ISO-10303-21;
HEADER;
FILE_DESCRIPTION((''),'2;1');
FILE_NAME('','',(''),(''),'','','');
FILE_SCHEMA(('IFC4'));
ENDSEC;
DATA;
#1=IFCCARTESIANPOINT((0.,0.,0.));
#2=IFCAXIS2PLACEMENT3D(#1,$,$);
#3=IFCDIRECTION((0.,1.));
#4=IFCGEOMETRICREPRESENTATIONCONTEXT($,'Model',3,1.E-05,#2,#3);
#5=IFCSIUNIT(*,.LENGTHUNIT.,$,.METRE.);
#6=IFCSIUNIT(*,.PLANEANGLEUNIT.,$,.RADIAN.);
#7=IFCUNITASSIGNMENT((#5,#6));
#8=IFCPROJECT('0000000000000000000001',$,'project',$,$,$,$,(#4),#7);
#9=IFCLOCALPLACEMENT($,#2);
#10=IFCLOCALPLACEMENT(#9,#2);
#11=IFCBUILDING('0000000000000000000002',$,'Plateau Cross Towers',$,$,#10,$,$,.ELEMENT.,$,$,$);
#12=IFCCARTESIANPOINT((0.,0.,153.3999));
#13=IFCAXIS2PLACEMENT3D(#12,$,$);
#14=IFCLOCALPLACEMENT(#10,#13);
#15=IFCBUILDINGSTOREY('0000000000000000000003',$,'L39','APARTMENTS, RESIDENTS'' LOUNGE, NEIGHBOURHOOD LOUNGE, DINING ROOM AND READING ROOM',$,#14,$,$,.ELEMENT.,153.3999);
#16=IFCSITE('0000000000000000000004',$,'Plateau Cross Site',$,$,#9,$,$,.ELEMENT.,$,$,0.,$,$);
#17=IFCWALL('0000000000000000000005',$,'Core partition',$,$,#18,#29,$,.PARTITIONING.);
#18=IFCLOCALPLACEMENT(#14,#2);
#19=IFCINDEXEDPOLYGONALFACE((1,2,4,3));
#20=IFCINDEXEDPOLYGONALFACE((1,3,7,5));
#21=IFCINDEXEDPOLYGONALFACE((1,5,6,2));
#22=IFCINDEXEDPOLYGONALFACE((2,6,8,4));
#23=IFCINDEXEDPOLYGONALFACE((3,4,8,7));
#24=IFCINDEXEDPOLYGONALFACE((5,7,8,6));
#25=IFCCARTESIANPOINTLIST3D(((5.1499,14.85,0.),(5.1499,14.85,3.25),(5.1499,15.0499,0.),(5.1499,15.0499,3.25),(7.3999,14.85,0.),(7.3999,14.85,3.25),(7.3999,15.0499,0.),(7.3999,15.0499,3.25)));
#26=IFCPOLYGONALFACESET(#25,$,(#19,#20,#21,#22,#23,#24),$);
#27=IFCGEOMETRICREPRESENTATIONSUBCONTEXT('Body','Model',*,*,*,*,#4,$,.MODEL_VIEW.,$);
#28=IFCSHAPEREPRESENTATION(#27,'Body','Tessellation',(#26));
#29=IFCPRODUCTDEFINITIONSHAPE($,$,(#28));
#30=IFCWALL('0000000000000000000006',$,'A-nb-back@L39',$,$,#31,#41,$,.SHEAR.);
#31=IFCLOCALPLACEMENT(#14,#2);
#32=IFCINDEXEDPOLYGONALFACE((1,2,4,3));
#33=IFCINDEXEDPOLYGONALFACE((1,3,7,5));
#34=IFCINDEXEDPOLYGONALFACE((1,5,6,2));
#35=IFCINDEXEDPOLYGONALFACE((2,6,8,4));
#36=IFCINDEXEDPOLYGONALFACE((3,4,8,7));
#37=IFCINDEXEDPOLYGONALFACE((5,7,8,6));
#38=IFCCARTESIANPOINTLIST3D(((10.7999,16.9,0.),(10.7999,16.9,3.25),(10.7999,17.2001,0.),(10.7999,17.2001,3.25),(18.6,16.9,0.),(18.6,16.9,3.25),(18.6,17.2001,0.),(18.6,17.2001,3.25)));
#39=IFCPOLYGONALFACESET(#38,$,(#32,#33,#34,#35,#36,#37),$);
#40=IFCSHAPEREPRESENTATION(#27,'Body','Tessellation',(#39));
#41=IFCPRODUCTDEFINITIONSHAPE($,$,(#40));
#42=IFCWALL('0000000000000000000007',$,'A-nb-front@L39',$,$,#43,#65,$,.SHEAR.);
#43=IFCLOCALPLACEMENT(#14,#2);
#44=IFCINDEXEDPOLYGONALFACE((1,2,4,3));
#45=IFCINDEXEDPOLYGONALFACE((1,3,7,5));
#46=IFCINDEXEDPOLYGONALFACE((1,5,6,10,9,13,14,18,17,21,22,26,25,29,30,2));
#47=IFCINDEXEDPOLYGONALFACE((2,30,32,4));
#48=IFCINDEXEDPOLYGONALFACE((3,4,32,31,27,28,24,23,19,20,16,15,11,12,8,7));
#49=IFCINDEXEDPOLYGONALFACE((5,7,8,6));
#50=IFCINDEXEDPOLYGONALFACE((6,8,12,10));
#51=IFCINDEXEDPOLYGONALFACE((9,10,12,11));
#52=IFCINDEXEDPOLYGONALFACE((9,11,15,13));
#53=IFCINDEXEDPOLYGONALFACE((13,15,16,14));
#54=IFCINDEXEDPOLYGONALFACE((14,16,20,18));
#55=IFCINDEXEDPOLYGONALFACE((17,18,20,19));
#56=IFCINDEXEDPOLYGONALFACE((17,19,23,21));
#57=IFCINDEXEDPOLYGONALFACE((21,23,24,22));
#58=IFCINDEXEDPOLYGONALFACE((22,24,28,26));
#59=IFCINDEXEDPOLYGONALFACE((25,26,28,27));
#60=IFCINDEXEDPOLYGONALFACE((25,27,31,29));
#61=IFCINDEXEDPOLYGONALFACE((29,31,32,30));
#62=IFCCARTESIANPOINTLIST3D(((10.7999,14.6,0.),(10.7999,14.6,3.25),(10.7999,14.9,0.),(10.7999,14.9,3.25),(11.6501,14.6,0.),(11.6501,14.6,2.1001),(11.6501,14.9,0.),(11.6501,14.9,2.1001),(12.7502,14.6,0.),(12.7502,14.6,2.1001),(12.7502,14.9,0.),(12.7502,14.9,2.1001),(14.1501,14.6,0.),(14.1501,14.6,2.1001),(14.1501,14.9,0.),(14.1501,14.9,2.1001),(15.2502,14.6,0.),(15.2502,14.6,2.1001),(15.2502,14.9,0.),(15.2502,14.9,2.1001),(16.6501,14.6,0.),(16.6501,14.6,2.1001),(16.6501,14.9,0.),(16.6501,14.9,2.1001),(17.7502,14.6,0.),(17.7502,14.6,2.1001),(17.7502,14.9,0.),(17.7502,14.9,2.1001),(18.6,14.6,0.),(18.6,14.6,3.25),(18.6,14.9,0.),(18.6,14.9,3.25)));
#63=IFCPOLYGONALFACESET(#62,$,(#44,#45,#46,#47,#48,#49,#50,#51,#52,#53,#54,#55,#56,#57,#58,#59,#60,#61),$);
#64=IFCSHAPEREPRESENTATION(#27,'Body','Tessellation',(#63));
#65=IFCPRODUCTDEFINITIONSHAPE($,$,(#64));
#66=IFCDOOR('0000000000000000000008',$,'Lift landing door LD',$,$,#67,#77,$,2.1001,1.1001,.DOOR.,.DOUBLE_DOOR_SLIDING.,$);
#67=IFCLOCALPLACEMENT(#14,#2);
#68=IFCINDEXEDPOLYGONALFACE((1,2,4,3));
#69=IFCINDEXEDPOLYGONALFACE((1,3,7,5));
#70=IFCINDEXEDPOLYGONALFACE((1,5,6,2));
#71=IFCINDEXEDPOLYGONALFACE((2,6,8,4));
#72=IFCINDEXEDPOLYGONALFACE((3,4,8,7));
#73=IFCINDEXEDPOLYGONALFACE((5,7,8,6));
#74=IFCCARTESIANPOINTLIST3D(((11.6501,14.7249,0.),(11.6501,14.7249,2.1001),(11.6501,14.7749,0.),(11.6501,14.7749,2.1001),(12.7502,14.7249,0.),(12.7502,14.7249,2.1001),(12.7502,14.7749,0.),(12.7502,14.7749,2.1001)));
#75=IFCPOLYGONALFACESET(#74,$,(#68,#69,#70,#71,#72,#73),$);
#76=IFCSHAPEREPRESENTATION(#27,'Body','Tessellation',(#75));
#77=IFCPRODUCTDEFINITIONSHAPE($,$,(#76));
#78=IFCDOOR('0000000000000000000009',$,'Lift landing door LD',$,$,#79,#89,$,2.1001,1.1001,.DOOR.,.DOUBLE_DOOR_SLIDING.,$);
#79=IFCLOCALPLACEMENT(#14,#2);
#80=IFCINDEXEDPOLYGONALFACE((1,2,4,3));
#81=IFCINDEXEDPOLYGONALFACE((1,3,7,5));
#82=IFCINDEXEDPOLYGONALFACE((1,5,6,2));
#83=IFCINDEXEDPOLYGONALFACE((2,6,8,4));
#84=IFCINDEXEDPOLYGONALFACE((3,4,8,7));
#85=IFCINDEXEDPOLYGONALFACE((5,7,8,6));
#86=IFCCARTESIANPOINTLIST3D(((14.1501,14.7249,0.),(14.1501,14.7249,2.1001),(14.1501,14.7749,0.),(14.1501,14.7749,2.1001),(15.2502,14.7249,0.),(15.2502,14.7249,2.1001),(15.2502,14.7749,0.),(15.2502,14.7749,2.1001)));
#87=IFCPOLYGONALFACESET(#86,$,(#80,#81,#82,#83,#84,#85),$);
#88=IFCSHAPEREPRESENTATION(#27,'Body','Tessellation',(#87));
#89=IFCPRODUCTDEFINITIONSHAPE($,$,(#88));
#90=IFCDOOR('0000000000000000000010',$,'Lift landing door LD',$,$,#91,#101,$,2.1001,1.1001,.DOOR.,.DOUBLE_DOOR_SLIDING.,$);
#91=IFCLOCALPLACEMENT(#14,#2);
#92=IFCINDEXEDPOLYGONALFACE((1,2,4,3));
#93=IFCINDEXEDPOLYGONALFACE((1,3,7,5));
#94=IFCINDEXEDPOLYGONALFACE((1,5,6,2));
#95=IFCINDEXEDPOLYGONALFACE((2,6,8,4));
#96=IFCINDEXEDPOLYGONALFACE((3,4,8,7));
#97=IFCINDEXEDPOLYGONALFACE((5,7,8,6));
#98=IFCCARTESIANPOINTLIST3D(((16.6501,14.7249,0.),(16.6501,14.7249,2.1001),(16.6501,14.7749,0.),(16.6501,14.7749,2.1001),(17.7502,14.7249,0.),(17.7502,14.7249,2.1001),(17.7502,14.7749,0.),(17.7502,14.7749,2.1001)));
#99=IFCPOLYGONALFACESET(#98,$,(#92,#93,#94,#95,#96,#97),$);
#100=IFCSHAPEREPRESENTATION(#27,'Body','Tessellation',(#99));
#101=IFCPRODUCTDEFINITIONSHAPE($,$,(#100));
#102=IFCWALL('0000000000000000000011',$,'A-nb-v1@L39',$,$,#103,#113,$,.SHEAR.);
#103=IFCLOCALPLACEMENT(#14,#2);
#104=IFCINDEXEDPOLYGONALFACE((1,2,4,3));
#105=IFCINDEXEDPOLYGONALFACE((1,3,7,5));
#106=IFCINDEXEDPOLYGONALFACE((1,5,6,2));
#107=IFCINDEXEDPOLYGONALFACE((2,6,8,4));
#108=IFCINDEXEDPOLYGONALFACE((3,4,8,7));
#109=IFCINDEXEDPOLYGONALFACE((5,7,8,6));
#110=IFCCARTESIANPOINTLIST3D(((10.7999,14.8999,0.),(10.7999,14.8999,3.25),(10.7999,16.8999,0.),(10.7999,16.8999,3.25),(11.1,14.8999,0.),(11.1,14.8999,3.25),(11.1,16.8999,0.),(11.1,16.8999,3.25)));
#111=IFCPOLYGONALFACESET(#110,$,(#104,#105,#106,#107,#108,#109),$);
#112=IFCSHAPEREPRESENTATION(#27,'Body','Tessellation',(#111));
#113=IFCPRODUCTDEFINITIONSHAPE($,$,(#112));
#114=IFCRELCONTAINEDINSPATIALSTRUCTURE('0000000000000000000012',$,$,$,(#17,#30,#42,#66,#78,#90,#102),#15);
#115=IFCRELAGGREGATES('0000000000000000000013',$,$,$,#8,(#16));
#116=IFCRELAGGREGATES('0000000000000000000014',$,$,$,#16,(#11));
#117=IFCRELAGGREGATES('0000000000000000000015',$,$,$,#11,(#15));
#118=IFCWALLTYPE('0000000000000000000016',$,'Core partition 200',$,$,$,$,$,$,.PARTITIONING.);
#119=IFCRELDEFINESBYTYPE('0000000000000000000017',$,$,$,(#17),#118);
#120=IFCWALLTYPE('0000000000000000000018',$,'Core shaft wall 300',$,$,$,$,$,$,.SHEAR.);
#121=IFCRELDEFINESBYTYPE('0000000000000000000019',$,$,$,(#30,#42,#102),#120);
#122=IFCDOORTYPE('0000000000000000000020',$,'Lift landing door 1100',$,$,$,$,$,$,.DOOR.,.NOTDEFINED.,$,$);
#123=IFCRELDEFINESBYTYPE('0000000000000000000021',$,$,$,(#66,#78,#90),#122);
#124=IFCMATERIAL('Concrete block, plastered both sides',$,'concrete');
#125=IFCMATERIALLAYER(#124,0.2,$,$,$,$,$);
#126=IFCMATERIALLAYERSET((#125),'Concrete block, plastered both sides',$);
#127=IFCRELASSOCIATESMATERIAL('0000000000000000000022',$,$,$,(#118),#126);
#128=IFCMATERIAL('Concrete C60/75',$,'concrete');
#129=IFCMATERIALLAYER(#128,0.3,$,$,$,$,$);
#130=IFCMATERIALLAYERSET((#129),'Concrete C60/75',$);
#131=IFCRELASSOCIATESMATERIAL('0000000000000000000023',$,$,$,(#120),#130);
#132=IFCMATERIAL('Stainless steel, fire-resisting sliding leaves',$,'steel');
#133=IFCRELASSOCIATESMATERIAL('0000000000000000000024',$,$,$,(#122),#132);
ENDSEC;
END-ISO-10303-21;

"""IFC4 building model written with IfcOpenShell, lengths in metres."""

from ifc_helpers import new_model, si_unit, direction, frame, frame_2d, origin, place, context, subcontext, project, spatial, rectangle, extrude, material, layer, layer_set, type_object, element, fill, save


model = new_model("IFC4")

# Units and contexts
model_context = context("Model", 3, precision=1e-05, world=origin(), true_north=direction((0.0, 1.0)))
body_context = subcontext(model_context, "Body", "Model", "MODEL_VIEW")
ifc_project = project(units=[si_unit("LENGTHUNIT", "METRE"), si_unit("PLANEANGLEUNIT", "RADIAN")], contexts=[model_context])

# Site, building, storey
site_placement = place(None, origin())
site = spatial("IfcSite", under=ifc_project, at=site_placement, Name="Plateau Cross Site", CompositionType="ELEMENT", RefElevation=0.0)
building_placement = place(site_placement, origin())
building = spatial("IfcBuilding", under=site, at=building_placement, Name="Plateau Cross Towers", CompositionType="ELEMENT")
storey_placement = place(building_placement, frame((0.0, 0.0, 153.3999)))
storey = spatial("IfcBuildingStorey", under=building, at=storey_placement, Name="L39", Description="APARTMENTS, RESIDENTS' LOUNGE, NEIGHBOURHOOD LOUNGE, DINING ROOM AND READING ROOM", CompositionType="ELEMENT", Elevation=153.3999)

# Walls
ifc_material_1 = material(Name="Concrete block, plastered both sides", Category="concrete")
ifc_layer_1 = layer(ifc_material_1, 0.2)
ifc_layer_set_1 = layer_set([ifc_layer_1], Name="Concrete block, plastered both sides")
wall_type_1 = type_object("IfcWallType", Name="Core partition 200", PredefinedType="PARTITIONING", material=ifc_layer_set_1)
wall_1_placement = place(storey_placement, frame((5.1499, 14.95, 0.0), z_axis=(0.0, 0.0, 1.0), x_axis=(1.0, 0.0, 0.0)))
element("IfcWall", 1, at=wall_1_placement, inside=storey, type_object=wall_type_1, Name="Core partition", PredefinedType="PARTITIONING", context=body_context, shape_type="SweptSolid", body=[
    extrude(rectangle(XDim=2.25, YDim=0.2, at=frame_2d((1.125, 0.0))), origin(), (0.0, 0.0, 1.0), 3.25),
])
ifc_material_2 = material(Name="Concrete C60/75", Category="concrete")
ifc_layer_2 = layer(ifc_material_2, 0.3)
ifc_layer_set_2 = layer_set([ifc_layer_2], Name="Concrete C60/75")
wall_type_2 = type_object("IfcWallType", Name="Core shaft wall 300", PredefinedType="SHEAR", material=ifc_layer_set_2)
wall_2_placement = place(storey_placement, frame((10.8, 17.05, 0.0), z_axis=(0.0, 0.0, 1.0), x_axis=(1.0, 0.0, 0.0)))
element("IfcWall", 2, at=wall_2_placement, inside=storey, type_object=wall_type_2, Name="A-nb-back@L39", PredefinedType="SHEAR", context=body_context, shape_type="SweptSolid", body=[
    extrude(rectangle(XDim=7.8, YDim=0.3, at=frame_2d((3.8999, 0.0))), origin(), (0.0, 0.0, 1.0), 3.25),
])

# Wall, openings, doors
wall_3_placement = place(storey_placement, frame((10.8, 14.75, 0.0), z_axis=(0.0, 0.0, 1.0), x_axis=(1.0, 0.0, 0.0)))
wall_3 = element("IfcWall", 3, at=wall_3_placement, inside=storey, type_object=wall_type_2, Name="A-nb-front@L39", PredefinedType="SHEAR", context=body_context, shape_type="SweptSolid", body=[
    extrude(rectangle(XDim=7.8, YDim=0.3, at=frame_2d((3.8999, 0.0))), origin(), (0.0, 0.0, 1.0), 3.25),
])
opening_1_placement = place(wall_3_placement, frame((0.8501, 0.0, 0.0)))
opening_1 = element("IfcOpeningElement", 4, at=opening_1_placement, cuts=wall_3, PredefinedType="OPENING", context=body_context, shape_type="SweptSolid", body=[
    extrude(rectangle(XDim=1.1001, YDim=2.1001, at=frame_2d((0.55, 1.05))), frame((0.0, 0.1599, 0.0), z_axis=(0.0, -1.0, 0.0), x_axis=(1.0, 0.0, 0.0)), (0.0, 0.0, 1.0), 0.3201),
])
opening_2_placement = place(wall_3_placement, frame((3.3501, 0.0, 0.0)))
opening_2 = element("IfcOpeningElement", 5, at=opening_2_placement, cuts=wall_3, PredefinedType="OPENING", context=body_context, shape_type="SweptSolid", body=[
    extrude(rectangle(XDim=1.1001, YDim=2.1001, at=frame_2d((0.55, 1.05))), frame((0.0, 0.1599, 0.0), z_axis=(0.0, -1.0, 0.0), x_axis=(1.0, 0.0, 0.0)), (0.0, 0.0, 1.0), 0.3201),
])
opening_3_placement = place(wall_3_placement, frame((5.8501, 0.0, 0.0)))
opening_3 = element("IfcOpeningElement", 6, at=opening_3_placement, cuts=wall_3, PredefinedType="OPENING", context=body_context, shape_type="SweptSolid", body=[
    extrude(rectangle(XDim=1.1001, YDim=2.1001, at=frame_2d((0.55, 1.05))), frame((0.0, 0.1599, 0.0), z_axis=(0.0, -1.0, 0.0), x_axis=(1.0, 0.0, 0.0)), (0.0, 0.0, 1.0), 0.3201),
])
ifc_material_3 = material(Name="Stainless steel, fire-resisting sliding leaves", Category="steel")
door_type_1 = type_object("IfcDoorType", Name="Lift landing door 1100", OperationType="NOTDEFINED", PredefinedType="DOOR", material=ifc_material_3)
door_1_placement = place(opening_1_placement, origin())
door_1 = element("IfcDoor", 7, at=door_1_placement, inside=storey, type_object=door_type_1, Name="Lift landing door LD", OperationType="DOUBLE_DOOR_SLIDING", OverallHeight=2.1001, OverallWidth=1.1001, PredefinedType="DOOR", context=body_context, shape_type="SweptSolid", body=[
    extrude(rectangle(XDim=1.1001, YDim=2.1001, at=frame_2d((0.55, 1.05))), frame((0.0, 0.0249, 0.0), z_axis=(0.0, -1.0, 0.0), x_axis=(1.0, 0.0, 0.0)), (0.0, 0.0, 1.0), 0.05),
])
fill(opening_1, door_1)
door_2_placement = place(opening_2_placement, origin())
door_2 = element("IfcDoor", 8, at=door_2_placement, inside=storey, type_object=door_type_1, Name="Lift landing door LD", OperationType="DOUBLE_DOOR_SLIDING", OverallHeight=2.1001, OverallWidth=1.1001, PredefinedType="DOOR", context=body_context, shape_type="SweptSolid", body=[
    extrude(rectangle(XDim=1.1001, YDim=2.1001, at=frame_2d((0.55, 1.05))), frame((0.0, 0.0249, 0.0), z_axis=(0.0, -1.0, 0.0), x_axis=(1.0, 0.0, 0.0)), (0.0, 0.0, 1.0), 0.05),
])
fill(opening_2, door_2)
door_3_placement = place(opening_3_placement, origin())
door_3 = element("IfcDoor", 9, at=door_3_placement, inside=storey, type_object=door_type_1, Name="Lift landing door LD", OperationType="DOUBLE_DOOR_SLIDING", OverallHeight=2.1001, OverallWidth=1.1001, PredefinedType="DOOR", context=body_context, shape_type="SweptSolid", body=[
    extrude(rectangle(XDim=1.1001, YDim=2.1001, at=frame_2d((0.55, 1.05))), frame((0.0, 0.0249, 0.0), z_axis=(0.0, -1.0, 0.0), x_axis=(1.0, 0.0, 0.0)), (0.0, 0.0, 1.0), 0.05),
])
fill(opening_3, door_3)

# Wall
wall_4_placement = place(storey_placement, frame((10.95, 14.8999, 0.0), z_axis=(0.0, 0.0, 1.0), x_axis=(0.0, 1.0, 0.0)))
element("IfcWall", 10, at=wall_4_placement, inside=storey, type_object=wall_type_2, Name="A-nb-v1@L39", PredefinedType="SHEAR", context=body_context, shape_type="SweptSolid", body=[
    extrude(rectangle(XDim=2.0, YDim=0.3, at=frame_2d((1.0, 0.0))), origin(), (0.0, 0.0, 1.0), 3.25),
])

save(model, "model.ifc")
